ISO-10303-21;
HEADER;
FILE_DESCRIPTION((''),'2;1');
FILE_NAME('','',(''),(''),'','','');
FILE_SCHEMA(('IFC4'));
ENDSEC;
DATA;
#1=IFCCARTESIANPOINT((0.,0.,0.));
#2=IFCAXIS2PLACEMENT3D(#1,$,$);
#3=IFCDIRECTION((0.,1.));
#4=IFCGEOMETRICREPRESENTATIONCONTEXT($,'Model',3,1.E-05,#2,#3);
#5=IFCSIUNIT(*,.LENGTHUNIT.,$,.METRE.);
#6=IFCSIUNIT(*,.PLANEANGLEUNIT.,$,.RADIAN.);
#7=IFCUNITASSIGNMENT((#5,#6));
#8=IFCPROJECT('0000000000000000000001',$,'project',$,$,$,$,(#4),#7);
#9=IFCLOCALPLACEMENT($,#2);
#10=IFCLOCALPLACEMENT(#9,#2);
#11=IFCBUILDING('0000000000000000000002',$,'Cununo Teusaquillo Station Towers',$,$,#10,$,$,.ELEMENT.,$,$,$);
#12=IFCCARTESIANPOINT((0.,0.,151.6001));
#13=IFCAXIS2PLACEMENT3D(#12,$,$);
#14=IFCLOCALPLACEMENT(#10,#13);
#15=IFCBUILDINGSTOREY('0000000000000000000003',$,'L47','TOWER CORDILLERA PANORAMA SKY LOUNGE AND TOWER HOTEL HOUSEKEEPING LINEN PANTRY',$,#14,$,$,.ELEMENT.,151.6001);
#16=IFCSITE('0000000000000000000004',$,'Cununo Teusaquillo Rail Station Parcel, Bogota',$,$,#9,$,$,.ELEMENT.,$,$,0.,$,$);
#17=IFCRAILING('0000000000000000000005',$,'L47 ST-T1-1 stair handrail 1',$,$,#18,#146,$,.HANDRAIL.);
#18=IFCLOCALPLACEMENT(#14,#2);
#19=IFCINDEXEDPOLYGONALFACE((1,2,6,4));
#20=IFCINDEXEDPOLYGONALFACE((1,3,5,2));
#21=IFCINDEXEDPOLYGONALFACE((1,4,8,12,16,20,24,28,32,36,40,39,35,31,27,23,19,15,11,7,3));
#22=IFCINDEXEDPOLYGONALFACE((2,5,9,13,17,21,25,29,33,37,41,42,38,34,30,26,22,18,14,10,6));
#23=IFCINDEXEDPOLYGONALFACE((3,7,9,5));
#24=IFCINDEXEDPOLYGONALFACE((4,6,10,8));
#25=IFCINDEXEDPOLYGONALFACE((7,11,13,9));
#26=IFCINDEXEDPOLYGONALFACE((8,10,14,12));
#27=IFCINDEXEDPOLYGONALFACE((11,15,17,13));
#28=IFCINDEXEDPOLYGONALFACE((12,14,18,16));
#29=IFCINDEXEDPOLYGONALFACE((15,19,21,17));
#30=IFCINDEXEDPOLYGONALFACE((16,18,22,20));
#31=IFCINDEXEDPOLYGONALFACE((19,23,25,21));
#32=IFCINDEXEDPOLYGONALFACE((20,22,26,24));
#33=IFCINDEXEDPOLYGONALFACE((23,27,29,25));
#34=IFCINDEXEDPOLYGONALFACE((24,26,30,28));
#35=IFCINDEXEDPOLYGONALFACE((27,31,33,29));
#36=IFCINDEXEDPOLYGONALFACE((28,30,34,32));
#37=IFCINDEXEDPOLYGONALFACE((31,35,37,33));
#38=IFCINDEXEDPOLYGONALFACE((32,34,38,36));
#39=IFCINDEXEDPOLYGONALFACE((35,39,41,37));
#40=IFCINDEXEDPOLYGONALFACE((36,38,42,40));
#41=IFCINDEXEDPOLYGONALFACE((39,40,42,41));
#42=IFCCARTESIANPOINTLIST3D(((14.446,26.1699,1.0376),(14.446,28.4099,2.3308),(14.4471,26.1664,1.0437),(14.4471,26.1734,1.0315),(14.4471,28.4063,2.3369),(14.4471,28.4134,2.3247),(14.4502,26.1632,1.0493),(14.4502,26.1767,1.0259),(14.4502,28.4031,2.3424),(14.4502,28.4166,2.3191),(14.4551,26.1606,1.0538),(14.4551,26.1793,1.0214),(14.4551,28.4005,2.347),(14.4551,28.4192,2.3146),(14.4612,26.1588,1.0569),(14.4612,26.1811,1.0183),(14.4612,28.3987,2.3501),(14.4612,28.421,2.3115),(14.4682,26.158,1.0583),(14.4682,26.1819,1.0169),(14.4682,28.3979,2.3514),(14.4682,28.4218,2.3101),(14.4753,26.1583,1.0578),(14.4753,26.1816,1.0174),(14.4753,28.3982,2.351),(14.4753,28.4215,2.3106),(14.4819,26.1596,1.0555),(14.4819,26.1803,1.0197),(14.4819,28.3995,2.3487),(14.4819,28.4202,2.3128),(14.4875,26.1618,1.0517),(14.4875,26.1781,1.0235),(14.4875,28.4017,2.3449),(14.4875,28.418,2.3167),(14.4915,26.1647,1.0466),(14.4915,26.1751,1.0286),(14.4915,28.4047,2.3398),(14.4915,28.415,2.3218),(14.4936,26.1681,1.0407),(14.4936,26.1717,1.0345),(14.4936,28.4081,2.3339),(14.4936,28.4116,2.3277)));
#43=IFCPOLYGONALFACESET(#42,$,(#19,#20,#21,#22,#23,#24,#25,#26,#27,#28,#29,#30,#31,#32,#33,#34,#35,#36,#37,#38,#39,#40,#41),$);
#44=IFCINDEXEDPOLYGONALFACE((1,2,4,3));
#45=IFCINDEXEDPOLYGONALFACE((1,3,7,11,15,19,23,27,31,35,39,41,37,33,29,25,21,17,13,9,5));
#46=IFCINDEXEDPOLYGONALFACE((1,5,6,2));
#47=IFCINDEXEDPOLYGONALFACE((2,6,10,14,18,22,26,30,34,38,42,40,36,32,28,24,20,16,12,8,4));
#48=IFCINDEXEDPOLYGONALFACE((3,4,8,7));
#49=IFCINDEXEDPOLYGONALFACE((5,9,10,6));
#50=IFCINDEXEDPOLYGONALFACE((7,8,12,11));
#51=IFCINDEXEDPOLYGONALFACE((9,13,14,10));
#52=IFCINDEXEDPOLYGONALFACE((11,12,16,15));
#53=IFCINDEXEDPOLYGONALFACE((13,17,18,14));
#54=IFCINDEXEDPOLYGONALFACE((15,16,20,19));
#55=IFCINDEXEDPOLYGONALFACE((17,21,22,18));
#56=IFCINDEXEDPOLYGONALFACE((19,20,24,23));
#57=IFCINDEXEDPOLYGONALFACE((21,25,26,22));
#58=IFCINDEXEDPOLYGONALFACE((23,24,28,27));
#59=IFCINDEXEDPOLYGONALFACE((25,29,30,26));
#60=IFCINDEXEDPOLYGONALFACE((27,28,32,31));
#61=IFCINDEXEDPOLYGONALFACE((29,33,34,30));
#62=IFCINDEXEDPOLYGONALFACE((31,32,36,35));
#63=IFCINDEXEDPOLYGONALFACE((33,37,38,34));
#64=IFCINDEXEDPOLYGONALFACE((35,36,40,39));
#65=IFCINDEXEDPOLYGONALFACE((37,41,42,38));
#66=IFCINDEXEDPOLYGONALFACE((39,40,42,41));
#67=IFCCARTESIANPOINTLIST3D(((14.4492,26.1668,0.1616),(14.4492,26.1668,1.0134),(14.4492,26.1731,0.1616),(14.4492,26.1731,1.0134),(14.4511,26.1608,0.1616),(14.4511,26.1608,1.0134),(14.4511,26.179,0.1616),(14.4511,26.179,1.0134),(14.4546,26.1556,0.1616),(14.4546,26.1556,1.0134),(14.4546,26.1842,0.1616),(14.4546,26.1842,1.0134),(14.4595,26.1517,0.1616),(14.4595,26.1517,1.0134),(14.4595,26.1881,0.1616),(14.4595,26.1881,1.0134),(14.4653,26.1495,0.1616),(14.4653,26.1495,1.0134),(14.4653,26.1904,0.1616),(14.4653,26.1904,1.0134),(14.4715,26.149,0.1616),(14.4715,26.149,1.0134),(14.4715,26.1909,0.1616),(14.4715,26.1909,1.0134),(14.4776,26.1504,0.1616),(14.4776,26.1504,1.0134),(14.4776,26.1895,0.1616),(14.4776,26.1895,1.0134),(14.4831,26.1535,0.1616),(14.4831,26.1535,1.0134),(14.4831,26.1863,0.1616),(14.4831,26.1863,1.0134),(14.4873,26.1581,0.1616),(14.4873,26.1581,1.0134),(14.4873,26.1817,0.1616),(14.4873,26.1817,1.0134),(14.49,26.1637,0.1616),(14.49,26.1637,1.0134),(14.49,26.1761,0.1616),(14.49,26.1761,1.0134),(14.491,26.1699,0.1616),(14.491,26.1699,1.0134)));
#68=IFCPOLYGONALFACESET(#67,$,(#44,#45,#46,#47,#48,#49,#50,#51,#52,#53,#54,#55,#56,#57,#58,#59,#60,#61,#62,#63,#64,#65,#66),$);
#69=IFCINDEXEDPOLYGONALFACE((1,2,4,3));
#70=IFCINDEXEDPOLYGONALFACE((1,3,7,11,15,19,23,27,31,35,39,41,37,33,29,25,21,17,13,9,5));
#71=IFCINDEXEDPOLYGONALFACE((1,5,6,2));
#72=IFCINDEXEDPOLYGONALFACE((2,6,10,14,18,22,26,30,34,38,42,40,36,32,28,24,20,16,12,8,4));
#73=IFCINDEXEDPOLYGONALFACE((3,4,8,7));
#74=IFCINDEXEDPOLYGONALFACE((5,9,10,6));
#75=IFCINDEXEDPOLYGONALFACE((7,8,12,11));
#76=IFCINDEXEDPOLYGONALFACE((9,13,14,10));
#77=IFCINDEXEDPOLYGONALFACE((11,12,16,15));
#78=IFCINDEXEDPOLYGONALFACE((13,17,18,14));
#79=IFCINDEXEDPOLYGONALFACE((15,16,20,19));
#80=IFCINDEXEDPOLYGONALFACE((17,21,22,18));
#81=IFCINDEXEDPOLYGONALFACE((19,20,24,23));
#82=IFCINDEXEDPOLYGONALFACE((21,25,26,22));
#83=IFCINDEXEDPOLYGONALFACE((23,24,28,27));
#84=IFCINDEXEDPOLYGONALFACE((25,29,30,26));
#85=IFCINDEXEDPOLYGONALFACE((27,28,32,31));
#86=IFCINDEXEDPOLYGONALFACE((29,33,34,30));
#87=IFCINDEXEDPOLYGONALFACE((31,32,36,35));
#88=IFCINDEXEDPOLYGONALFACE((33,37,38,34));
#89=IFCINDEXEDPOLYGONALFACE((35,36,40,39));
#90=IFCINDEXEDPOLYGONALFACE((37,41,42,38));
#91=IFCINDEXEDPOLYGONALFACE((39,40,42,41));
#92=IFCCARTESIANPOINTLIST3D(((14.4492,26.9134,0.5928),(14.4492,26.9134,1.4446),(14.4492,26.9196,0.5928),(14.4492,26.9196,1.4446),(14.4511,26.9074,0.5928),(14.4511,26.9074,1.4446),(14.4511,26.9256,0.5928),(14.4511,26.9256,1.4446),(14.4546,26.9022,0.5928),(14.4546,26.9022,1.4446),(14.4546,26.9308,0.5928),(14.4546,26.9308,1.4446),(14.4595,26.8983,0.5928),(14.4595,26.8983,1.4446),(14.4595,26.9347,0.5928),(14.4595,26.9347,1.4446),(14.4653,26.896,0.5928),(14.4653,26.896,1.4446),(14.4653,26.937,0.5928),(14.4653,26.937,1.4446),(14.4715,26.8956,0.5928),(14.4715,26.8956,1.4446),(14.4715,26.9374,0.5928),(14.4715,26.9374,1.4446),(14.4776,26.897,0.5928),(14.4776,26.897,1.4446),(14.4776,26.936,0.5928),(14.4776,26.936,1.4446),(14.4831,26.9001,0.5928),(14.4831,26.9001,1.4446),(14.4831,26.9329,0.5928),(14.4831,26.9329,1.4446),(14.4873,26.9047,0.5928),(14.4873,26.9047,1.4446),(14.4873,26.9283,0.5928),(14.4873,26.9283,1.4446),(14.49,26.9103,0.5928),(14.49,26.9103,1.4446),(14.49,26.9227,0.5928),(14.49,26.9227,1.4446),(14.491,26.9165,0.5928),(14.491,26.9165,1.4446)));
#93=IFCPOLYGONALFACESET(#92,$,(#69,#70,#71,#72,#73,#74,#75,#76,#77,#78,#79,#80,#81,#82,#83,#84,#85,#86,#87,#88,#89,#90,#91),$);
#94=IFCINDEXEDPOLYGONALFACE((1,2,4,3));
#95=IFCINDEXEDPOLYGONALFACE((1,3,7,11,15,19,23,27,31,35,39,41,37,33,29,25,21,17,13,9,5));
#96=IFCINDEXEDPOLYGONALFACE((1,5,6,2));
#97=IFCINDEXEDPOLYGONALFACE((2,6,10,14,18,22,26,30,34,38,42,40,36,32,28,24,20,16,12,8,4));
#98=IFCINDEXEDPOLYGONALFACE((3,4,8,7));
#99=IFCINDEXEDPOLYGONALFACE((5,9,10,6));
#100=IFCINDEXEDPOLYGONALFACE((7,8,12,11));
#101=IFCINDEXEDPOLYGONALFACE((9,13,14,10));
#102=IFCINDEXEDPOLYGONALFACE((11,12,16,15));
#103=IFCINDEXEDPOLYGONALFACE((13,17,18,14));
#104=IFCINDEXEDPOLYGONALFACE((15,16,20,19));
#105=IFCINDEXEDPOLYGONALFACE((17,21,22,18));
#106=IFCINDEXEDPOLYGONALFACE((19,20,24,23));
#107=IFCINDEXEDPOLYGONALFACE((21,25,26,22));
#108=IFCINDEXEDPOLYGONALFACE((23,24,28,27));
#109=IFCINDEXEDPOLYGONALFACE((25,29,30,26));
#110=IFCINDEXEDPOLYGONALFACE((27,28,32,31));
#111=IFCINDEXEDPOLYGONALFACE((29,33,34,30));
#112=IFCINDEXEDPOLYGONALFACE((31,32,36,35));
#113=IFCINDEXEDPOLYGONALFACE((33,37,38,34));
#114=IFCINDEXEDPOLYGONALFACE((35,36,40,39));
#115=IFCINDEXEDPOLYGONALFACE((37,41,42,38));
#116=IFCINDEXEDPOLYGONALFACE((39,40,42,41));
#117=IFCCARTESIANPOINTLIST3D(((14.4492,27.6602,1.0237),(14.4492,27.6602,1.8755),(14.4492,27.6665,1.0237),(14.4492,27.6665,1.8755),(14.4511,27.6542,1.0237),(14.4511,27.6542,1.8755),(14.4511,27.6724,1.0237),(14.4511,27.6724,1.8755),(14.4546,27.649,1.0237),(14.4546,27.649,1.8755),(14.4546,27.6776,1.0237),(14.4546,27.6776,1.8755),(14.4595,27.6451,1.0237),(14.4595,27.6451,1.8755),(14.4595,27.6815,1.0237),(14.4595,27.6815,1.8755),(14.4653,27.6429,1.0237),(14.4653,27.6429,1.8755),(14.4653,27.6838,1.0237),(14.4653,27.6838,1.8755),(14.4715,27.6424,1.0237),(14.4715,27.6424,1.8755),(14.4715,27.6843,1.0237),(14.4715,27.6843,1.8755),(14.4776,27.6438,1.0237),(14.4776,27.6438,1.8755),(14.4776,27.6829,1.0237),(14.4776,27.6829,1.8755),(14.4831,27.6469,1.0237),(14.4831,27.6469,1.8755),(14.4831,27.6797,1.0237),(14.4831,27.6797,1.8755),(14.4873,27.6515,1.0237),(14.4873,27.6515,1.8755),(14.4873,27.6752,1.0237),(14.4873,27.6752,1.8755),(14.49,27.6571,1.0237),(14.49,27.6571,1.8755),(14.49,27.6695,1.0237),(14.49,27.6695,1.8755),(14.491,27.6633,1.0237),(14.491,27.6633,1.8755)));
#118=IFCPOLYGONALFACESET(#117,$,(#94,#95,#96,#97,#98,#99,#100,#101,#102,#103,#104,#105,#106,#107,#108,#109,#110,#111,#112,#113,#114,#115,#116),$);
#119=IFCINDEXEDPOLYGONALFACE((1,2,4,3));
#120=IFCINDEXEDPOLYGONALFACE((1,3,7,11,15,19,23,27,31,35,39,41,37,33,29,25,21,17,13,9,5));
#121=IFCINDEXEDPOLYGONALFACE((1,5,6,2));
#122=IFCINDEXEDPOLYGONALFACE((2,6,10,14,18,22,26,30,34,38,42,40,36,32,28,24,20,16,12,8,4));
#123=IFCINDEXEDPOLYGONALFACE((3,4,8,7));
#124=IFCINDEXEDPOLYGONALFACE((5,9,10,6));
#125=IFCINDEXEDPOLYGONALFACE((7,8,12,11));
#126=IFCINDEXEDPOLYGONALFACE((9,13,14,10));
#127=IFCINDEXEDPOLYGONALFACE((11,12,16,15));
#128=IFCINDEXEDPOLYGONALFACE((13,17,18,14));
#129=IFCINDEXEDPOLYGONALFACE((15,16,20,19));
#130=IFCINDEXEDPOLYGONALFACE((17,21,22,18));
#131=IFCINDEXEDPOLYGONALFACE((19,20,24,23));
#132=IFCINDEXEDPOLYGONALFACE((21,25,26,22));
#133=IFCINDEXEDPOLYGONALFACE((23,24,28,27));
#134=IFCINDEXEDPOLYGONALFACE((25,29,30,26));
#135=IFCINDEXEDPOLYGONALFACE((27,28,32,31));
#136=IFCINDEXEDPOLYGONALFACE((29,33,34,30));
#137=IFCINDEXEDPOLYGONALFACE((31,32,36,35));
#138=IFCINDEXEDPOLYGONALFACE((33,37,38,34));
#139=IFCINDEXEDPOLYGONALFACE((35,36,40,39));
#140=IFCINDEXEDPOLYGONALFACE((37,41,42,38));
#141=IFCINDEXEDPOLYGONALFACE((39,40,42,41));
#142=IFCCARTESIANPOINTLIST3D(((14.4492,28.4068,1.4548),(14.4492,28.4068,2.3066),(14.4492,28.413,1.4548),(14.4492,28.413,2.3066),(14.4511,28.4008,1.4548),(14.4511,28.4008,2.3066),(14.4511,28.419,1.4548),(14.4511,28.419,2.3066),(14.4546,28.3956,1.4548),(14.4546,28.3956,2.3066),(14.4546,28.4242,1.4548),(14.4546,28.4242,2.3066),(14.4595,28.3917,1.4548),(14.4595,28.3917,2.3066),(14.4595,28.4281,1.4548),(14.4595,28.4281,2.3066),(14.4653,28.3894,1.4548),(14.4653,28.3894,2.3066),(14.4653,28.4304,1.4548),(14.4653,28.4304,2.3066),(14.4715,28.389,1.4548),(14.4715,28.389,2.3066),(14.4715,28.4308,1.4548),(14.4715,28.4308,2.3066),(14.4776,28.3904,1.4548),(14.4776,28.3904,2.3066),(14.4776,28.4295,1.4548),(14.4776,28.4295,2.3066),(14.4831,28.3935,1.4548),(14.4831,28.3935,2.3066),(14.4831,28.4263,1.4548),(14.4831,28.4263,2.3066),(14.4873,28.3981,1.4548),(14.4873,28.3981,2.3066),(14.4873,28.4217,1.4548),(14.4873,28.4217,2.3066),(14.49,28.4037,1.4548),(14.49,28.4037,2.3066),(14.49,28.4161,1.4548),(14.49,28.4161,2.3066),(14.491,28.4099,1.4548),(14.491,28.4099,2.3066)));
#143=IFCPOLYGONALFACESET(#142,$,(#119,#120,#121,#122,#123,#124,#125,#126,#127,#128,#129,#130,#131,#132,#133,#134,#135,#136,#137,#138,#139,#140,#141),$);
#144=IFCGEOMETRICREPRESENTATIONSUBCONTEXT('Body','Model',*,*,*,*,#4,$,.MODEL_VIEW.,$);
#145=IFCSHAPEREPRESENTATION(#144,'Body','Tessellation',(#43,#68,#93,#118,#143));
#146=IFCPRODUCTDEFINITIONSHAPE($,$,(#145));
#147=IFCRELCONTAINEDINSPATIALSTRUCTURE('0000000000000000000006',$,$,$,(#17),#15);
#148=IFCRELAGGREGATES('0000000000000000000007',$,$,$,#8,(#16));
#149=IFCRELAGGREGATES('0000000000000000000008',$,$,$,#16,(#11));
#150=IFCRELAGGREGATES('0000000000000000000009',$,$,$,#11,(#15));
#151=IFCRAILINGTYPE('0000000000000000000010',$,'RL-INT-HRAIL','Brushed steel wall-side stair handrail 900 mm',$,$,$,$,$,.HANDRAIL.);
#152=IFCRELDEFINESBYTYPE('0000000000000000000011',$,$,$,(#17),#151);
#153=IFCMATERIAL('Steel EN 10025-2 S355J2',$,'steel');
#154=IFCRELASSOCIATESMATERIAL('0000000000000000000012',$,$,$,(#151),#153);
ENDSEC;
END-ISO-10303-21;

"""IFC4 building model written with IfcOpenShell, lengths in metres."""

from ifc_helpers import new_model, si_unit, direction, frame, origin, origin_2d, place, context, subcontext, project, spatial, circle, extrude, material, type_object, element, save


model = new_model("IFC4")

# Units and contexts
model_context = context("Model", 3, precision=1e-05, world=origin(), true_north=direction((0.0, 1.0)))
body_context = subcontext(model_context, "Body", "Model", "MODEL_VIEW")
ifc_project = project(units=[si_unit("LENGTHUNIT", "METRE"), si_unit("PLANEANGLEUNIT", "RADIAN")], contexts=[model_context])

# Site, building, storey
site_placement = place(None, origin())
site = spatial("IfcSite", under=ifc_project, at=site_placement, Name="Cununo Teusaquillo Rail Station Parcel, Bogota", CompositionType="ELEMENT", RefElevation=0.0)
building_placement = place(site_placement, origin())
building = spatial("IfcBuilding", under=site, at=building_placement, Name="Cununo Teusaquillo Station Towers", CompositionType="ELEMENT")
storey_placement = place(building_placement, frame((0.0, 0.0, 151.6001)))
storey = spatial("IfcBuildingStorey", under=building, at=storey_placement, Name="L47", Description="TOWER CORDILLERA PANORAMA SKY LOUNGE AND TOWER HOTEL HOUSEKEEPING LINEN PANTRY", CompositionType="ELEMENT", Elevation=151.6001)

# Railing
ifc_material_1 = material(Name="Steel EN 10025-2 S355J2", Category="steel")
railing_type_1 = type_object("IfcRailingType", Name="RL-INT-HRAIL", Description="Brushed steel wall-side stair handrail 900 mm", PredefinedType="HANDRAIL", material=ifc_material_1)
railing_1_placement = place(storey_placement, frame((14.47, 26.1699, 0.1616)))
element("IfcRailing", 1, at=railing_1_placement, inside=storey, type_object=railing_type_1, Name="L47 ST-T1-1 stair handrail 1", PredefinedType="HANDRAIL", context=body_context, shape_type="SweptSolid", body=[
    extrude(circle(Radius=0.0239, at=origin_2d()), frame((0.0, 0.0, 0.876), z_axis=(0.0, 0.866033, 0.499987), x_axis=(-1.0, 0.0, 0.0)), (0.0, 0.0, 1.0), 2.5864),
    extrude(circle(Radius=0.021, at=origin_2d()), origin(), (0.0, 0.0, 1.0), 0.8518),
    extrude(circle(Radius=0.021, at=origin_2d()), frame((0.0, 0.7466, 0.4312)), (0.0, 0.0, 1.0), 0.8518),
    extrude(circle(Radius=0.021, at=origin_2d()), frame((0.0, 1.4934, 0.8621)), (0.0, 0.0, 1.0), 0.8518),
    extrude(circle(Radius=0.021, at=origin_2d()), frame((0.0, 2.24, 1.2932)), (0.0, 0.0, 1.0), 0.8518),
])

save(model, "model.ifc")
